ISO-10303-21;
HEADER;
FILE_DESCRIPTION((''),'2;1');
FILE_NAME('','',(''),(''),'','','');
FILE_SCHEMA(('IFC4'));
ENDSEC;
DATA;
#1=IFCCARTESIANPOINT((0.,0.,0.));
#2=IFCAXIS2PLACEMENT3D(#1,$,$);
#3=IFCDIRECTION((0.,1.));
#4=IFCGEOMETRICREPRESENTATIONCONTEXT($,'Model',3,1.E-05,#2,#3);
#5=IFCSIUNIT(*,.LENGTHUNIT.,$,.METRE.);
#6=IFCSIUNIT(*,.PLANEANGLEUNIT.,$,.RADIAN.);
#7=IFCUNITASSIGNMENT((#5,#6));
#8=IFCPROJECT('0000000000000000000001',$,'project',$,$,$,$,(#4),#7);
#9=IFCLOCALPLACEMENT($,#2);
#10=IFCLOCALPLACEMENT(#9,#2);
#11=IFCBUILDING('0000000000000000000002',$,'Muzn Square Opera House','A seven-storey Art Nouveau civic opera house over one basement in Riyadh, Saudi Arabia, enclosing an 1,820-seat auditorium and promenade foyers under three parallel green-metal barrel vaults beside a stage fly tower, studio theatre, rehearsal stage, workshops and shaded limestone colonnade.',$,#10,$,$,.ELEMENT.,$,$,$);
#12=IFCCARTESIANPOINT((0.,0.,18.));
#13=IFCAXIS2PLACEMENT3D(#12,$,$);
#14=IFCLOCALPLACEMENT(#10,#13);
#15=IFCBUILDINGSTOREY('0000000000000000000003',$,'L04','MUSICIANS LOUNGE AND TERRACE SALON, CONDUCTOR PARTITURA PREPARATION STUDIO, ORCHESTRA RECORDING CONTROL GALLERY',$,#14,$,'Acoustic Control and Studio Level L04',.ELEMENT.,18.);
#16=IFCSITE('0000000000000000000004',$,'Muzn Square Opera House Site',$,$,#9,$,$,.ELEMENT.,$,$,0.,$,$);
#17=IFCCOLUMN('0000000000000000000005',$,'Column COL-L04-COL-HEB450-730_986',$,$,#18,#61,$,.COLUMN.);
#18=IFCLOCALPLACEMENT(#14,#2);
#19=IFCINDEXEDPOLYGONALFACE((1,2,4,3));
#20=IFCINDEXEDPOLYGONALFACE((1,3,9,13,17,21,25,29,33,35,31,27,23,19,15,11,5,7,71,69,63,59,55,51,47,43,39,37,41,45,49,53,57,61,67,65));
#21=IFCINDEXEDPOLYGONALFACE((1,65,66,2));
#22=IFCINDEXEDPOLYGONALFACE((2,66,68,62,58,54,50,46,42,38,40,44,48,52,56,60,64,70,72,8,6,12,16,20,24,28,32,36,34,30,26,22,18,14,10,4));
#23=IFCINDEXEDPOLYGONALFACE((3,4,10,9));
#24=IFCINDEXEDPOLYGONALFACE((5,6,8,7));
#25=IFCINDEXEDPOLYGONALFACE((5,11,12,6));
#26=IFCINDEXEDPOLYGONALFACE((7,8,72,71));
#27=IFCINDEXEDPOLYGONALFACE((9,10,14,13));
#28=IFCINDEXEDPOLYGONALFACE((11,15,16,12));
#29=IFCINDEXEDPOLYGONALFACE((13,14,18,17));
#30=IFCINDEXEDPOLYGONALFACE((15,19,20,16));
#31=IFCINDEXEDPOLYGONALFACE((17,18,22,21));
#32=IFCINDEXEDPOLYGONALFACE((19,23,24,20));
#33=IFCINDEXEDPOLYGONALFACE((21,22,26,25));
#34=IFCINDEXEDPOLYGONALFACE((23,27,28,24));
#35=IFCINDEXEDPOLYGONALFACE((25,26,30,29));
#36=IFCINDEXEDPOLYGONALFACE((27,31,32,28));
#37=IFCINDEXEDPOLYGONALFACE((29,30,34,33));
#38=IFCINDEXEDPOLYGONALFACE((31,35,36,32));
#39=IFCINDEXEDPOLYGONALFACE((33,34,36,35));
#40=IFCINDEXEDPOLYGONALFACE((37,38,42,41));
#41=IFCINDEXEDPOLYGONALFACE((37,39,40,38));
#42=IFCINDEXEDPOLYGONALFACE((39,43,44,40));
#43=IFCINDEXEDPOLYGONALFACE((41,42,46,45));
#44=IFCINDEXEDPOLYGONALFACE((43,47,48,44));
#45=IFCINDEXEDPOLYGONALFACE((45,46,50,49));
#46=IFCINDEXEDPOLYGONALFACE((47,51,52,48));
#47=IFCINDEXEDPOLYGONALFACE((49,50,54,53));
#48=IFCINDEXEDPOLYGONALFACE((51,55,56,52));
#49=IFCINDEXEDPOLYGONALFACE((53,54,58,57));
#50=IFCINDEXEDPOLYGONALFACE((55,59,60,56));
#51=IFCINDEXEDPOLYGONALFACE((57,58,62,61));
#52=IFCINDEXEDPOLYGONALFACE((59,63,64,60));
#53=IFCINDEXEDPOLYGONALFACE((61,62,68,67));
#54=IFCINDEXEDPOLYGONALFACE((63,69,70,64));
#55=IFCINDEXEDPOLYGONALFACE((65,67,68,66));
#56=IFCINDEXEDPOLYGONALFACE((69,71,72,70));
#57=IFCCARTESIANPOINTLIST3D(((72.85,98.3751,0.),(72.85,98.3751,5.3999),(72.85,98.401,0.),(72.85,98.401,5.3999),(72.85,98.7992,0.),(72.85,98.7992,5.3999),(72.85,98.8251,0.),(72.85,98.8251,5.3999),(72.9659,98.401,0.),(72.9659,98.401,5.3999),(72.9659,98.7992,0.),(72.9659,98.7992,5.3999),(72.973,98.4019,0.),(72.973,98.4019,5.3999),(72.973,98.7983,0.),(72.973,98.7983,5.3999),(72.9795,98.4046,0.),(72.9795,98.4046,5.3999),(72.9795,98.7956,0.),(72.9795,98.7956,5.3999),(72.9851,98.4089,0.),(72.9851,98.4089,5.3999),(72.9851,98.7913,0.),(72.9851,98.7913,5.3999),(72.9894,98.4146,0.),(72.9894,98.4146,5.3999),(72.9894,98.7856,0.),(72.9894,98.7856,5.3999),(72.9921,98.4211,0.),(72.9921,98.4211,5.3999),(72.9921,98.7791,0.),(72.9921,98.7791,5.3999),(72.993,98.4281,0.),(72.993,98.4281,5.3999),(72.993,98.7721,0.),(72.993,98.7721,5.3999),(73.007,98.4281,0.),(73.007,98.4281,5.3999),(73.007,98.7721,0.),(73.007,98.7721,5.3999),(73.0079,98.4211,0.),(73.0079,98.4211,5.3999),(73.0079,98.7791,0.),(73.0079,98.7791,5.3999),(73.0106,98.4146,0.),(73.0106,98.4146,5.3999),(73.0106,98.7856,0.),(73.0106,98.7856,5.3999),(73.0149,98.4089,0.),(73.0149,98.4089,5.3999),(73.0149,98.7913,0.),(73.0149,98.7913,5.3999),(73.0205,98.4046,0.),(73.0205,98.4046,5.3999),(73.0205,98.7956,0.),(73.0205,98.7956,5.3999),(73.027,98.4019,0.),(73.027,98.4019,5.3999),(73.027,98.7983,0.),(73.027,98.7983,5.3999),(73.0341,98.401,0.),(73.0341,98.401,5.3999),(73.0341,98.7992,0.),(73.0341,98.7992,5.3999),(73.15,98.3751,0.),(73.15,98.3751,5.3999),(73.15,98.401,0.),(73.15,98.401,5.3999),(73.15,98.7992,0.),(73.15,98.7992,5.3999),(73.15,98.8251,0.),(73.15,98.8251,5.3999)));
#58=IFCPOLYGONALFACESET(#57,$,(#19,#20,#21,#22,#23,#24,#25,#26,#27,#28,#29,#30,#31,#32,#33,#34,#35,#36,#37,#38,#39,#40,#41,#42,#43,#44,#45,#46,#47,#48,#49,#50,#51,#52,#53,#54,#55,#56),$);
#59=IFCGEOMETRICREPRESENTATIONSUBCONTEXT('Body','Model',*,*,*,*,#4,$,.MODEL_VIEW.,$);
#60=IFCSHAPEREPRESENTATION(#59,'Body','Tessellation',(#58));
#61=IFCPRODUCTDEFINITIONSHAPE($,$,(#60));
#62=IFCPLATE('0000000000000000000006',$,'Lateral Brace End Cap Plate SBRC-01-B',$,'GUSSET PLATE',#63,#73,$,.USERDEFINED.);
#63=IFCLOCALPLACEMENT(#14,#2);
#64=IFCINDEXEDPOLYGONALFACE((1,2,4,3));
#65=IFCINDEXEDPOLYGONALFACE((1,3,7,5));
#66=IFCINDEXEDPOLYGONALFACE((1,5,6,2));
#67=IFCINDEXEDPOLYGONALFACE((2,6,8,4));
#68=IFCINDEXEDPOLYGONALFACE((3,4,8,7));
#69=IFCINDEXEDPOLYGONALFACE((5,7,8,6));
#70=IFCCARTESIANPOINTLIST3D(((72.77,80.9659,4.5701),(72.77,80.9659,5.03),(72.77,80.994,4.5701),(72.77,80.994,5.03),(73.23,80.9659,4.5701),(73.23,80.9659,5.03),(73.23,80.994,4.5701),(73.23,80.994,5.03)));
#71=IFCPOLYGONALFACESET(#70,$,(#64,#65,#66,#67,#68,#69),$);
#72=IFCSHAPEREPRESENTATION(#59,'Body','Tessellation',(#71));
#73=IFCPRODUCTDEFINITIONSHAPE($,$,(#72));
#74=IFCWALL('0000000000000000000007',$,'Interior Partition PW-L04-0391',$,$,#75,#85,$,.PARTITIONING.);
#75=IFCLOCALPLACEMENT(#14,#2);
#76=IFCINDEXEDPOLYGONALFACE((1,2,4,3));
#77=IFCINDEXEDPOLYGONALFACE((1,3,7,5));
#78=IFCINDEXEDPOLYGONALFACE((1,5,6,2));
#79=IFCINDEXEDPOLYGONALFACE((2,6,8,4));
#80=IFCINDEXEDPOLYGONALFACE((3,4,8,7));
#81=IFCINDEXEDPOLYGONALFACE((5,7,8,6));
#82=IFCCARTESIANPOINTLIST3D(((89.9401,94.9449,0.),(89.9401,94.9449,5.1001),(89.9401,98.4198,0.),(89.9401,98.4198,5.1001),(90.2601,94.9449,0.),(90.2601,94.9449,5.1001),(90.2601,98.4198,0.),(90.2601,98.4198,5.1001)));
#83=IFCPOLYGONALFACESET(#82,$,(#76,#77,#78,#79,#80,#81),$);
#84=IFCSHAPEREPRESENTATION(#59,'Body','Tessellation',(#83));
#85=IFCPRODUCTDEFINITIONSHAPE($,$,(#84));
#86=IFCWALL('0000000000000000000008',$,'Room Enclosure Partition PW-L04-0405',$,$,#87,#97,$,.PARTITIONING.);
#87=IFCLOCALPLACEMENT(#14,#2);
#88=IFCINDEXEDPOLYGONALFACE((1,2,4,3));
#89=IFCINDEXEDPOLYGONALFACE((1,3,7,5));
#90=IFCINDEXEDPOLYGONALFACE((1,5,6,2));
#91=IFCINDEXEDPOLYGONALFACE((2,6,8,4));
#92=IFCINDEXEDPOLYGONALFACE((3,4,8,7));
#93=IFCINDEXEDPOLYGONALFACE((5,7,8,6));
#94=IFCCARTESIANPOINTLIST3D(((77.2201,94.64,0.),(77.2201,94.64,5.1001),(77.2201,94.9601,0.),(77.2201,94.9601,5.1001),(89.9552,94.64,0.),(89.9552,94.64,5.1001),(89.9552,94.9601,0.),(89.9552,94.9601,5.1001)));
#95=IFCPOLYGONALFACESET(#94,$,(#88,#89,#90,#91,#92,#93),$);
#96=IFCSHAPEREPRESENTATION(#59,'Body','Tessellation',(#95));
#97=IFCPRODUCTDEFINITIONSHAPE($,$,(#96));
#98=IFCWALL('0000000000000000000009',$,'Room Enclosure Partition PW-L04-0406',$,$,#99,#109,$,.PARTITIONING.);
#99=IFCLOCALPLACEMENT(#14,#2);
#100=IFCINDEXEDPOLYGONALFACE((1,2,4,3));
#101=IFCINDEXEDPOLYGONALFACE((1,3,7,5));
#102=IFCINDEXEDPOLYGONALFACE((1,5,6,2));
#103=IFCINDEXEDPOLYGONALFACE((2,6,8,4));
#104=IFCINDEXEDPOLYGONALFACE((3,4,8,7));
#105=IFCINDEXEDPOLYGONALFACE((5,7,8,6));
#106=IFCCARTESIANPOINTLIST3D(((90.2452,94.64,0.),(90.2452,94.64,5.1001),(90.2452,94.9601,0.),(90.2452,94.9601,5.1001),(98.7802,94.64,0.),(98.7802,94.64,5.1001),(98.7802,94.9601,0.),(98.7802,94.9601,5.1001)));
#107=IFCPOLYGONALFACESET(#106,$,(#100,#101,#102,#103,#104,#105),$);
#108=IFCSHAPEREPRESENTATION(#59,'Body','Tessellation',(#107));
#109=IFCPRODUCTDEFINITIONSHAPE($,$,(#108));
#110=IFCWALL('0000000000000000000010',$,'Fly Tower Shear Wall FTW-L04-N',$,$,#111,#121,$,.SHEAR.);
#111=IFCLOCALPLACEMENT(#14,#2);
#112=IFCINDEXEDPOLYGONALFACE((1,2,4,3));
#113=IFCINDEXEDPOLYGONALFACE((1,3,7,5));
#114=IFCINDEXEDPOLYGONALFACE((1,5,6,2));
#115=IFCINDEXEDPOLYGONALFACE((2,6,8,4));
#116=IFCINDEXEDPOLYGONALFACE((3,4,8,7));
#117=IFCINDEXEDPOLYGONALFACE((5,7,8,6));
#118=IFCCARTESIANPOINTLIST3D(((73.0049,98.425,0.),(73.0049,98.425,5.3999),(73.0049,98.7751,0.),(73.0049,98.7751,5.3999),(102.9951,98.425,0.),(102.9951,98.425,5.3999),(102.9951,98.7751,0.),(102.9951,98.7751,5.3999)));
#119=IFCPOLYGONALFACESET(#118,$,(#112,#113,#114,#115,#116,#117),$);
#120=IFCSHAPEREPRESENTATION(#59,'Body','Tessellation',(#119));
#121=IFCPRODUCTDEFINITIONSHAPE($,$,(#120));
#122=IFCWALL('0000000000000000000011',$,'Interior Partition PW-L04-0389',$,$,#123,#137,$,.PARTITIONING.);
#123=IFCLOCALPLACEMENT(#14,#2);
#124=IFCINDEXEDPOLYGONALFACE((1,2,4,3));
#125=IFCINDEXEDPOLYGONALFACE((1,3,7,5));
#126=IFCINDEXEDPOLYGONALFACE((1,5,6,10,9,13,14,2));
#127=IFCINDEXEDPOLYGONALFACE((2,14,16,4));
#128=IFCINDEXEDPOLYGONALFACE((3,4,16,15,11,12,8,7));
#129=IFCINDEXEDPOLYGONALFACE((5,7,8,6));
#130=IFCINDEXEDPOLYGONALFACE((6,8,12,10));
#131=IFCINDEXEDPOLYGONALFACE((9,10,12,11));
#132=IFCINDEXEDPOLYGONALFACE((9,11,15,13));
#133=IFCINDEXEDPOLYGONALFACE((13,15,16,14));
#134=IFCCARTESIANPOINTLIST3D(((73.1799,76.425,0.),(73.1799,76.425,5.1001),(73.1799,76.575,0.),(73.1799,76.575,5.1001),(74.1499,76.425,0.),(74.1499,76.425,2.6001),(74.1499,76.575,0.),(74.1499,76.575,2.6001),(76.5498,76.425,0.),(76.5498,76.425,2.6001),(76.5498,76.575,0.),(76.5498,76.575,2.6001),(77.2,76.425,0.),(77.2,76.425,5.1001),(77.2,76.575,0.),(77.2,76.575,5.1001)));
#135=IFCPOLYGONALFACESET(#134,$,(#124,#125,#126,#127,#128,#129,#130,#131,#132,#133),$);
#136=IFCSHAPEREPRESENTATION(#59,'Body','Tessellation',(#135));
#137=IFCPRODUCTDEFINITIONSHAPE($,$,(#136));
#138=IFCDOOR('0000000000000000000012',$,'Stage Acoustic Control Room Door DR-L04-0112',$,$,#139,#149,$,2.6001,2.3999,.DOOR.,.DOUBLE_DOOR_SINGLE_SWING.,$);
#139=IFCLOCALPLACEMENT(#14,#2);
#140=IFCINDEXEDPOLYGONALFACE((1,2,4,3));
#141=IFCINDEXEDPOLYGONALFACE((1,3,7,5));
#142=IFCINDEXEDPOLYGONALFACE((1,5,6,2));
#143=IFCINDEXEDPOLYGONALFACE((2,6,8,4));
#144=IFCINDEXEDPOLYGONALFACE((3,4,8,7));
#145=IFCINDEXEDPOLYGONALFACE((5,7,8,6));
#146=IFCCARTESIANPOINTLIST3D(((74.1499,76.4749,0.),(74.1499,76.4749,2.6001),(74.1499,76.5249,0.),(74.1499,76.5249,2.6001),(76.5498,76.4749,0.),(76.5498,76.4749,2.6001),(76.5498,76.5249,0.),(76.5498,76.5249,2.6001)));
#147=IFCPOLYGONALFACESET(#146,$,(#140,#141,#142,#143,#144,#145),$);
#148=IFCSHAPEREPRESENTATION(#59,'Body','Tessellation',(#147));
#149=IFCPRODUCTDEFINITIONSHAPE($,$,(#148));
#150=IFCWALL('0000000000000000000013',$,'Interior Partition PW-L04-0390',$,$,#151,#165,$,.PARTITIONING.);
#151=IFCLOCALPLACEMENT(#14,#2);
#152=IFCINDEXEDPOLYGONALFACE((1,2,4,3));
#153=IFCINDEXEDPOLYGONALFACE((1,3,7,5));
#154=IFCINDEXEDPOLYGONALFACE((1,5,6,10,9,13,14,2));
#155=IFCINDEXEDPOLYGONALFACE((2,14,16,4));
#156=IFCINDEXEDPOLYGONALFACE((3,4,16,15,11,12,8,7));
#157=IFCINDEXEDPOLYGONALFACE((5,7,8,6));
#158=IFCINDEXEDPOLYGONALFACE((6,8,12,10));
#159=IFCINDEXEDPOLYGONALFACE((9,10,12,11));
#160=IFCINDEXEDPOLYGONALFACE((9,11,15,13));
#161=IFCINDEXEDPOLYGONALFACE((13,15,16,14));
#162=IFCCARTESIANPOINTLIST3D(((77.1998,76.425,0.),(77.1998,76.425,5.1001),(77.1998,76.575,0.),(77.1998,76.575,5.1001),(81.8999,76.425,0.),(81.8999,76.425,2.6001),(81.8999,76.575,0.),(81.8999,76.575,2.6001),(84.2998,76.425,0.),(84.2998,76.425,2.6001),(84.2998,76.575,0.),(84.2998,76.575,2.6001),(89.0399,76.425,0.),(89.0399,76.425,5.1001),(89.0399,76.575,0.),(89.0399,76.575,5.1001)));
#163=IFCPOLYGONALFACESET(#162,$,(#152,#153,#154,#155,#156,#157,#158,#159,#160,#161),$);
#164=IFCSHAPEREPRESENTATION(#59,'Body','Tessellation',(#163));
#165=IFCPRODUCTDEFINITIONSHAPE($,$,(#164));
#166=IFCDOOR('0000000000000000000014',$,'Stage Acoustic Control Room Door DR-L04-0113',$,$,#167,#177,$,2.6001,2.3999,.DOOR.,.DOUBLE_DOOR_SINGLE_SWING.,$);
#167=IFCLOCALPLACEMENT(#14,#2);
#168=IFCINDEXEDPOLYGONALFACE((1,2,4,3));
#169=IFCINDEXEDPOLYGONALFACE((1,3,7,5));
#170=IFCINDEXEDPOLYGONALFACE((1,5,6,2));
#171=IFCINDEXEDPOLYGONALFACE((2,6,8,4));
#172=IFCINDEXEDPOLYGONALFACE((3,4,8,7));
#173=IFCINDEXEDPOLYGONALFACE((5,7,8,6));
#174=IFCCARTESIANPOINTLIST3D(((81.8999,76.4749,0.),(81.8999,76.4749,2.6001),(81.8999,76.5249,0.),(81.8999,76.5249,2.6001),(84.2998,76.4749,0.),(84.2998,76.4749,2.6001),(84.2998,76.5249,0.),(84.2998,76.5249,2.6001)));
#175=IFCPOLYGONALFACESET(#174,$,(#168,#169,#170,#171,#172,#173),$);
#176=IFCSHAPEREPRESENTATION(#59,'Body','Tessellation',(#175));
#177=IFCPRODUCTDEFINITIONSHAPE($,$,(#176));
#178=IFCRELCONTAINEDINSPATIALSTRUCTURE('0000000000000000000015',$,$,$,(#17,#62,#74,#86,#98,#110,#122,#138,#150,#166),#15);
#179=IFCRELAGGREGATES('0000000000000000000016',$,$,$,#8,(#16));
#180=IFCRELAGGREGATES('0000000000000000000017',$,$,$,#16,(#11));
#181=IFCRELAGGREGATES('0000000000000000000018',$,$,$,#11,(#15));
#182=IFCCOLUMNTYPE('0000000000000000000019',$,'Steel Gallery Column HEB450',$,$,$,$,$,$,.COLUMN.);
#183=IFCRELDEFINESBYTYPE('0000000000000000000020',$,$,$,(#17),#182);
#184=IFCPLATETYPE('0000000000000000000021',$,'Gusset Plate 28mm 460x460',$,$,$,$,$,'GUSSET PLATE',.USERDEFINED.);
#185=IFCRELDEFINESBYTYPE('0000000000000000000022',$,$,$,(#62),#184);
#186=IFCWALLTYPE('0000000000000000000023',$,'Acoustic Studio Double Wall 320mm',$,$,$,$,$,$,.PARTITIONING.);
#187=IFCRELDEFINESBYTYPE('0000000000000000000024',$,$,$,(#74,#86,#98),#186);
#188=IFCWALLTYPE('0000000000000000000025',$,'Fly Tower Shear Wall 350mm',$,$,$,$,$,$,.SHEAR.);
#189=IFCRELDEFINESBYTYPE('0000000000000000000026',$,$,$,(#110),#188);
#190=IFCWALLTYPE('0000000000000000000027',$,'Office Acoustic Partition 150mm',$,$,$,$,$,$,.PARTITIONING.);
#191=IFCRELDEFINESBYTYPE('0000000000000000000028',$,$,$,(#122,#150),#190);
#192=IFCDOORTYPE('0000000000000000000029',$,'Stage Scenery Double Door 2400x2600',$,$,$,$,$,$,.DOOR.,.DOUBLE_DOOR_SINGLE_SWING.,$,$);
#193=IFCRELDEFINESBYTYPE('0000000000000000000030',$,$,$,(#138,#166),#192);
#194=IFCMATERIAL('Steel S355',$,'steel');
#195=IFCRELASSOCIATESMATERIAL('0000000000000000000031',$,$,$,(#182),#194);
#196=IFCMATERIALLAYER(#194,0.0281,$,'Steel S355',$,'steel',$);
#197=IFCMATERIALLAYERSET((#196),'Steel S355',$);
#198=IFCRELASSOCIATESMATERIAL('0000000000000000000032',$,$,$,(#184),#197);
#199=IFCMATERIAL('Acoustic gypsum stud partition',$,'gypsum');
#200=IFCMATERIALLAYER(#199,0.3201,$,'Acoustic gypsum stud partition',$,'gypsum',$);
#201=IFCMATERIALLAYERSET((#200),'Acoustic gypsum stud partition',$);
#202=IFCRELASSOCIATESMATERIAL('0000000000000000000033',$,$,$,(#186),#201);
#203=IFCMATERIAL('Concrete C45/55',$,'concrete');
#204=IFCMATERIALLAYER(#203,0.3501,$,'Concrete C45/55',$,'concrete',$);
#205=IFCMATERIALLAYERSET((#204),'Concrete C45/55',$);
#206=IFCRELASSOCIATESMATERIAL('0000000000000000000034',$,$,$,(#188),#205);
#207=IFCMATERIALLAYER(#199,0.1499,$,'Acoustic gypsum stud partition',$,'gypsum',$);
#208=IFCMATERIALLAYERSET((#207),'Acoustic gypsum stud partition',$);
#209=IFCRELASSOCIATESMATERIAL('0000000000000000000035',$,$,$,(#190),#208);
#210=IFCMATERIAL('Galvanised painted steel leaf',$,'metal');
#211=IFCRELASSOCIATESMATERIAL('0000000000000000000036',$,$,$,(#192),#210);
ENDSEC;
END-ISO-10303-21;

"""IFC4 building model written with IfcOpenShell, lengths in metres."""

from ifc_helpers import new_model, si_unit, direction, frame, frame_2d, origin, origin_2d, place, context, subcontext, project, spatial, rectangle, i_section, extrude, material, layer, layer_set, material_profile, profile_set, type_object, element, fill, save


model = new_model("IFC4")

# Units and contexts
model_context = context("Model", 3, precision=1e-05, world=origin(), true_north=direction((0.0, 1.0)))
body_context = subcontext(model_context, "Body", "Model", "MODEL_VIEW")
ifc_project = project(units=[si_unit("LENGTHUNIT", "METRE"), si_unit("PLANEANGLEUNIT", "RADIAN")], contexts=[model_context])

# Site, building, storey
site_placement = place(None, origin())
site = spatial("IfcSite", under=ifc_project, at=site_placement, Name="Muzn Square Opera House Site", CompositionType="ELEMENT", RefElevation=0.0)
building_placement = place(site_placement, origin())
building = spatial("IfcBuilding", under=site, at=building_placement, Name="Muzn Square Opera House", Description="A seven-storey Art Nouveau civic opera house over one basement in Riyadh, Saudi Arabia, enclosing an 1,820-seat auditorium and promenade foyers under three parallel green-metal barrel vaults beside a stage fly tower, studio theatre, rehearsal stage, workshops and shaded limestone colonnade.", CompositionType="ELEMENT")
storey_placement = place(building_placement, frame((0.0, 0.0, 18.0)))
storey = spatial("IfcBuildingStorey", under=building, at=storey_placement, Name="L04", Description="MUSICIANS LOUNGE AND TERRACE SALON, CONDUCTOR PARTITURA PREPARATION STUDIO, ORCHESTRA RECORDING CONTROL GALLERY", LongName="Acoustic Control and Studio Level L04", CompositionType="ELEMENT", Elevation=18.0)

# Column
ifc_material_1 = material(Name="Steel S355", Category="steel")
ifc_material_profile = material_profile(ifc_material_1, i_section(OverallWidth=0.3, OverallDepth=0.45, WebThickness=0.0139, FlangeThickness=0.0259, FilletRadius=0.0271, at=origin_2d()), Name="HEB 450", Category="steel")
ifc_profile_set = profile_set([ifc_material_profile], Name="Steel S355")
column_type = type_object("IfcColumnType", Name="Steel Gallery Column HEB450", PredefinedType="COLUMN", material=ifc_profile_set)
column_placement = place(storey_placement, frame((73.0, 98.6001, 0.0), z_axis=(0.0, 0.0, 1.0), x_axis=(1.0, 0.0, 0.0)))
element("IfcColumn", 1, at=column_placement, inside=storey, type_object=column_type, Name="Column COL-L04-COL-HEB450-730_986", PredefinedType="COLUMN", context=body_context, shape_type="SweptSolid", body=[
    extrude(i_section(OverallWidth=0.3, OverallDepth=0.45, WebThickness=0.0139, FlangeThickness=0.0259, FilletRadius=0.0271, at=origin_2d()), origin(), (0.0, 0.0, 1.0), 5.3999),
])

# Plate
ifc_layer_1 = layer(ifc_material_1, 0.0281, Name="Steel S355", Category="steel")
ifc_layer_set_1 = layer_set([ifc_layer_1], Name="Steel S355")
plate_type = type_object("IfcPlateType", Name="Gusset Plate 28mm 460x460", ElementType="GUSSET PLATE", PredefinedType="USERDEFINED", material=ifc_layer_set_1)
plate_placement = place(storey_placement, frame((73.0, 80.98, 4.5701), z_axis=(0.0, 0.0, 1.0), x_axis=(1.0, 0.0, 0.0)))
element("IfcPlate", 2, at=plate_placement, inside=storey, type_object=plate_type, Name="Lateral Brace End Cap Plate SBRC-01-B", ObjectType="GUSSET PLATE", PredefinedType="USERDEFINED", context=body_context, shape_type="SweptSolid", body=[
    extrude(rectangle(XDim=0.46, YDim=0.0281, at=origin_2d()), origin(), (0.0, 0.0, 1.0), 0.46),
])

# Wall
ifc_material_2 = material(Name="Acoustic gypsum stud partition", Category="gypsum")
ifc_layer_2 = layer(ifc_material_2, 0.3201, Name="Acoustic gypsum stud partition", Category="gypsum")
ifc_layer_set_2 = layer_set([ifc_layer_2], Name="Acoustic gypsum stud partition")
wall_type_1 = type_object("IfcWallType", Name="Acoustic Studio Double Wall 320mm", PredefinedType="PARTITIONING", material=ifc_layer_set_2)
wall_1_placement = place(storey_placement, frame((90.1001, 94.9451, 0.0), z_axis=(0.0, 0.0, 1.0), x_axis=(0.0, 1.0, 0.0)))
element("IfcWall", 3, at=wall_1_placement, inside=storey, type_object=wall_type_1, Name="Interior Partition PW-L04-0391", PredefinedType="PARTITIONING", context=body_context, shape_type="SweptSolid", body=[
    extrude(rectangle(XDim=3.4749, YDim=0.3201, at=frame_2d((1.7373, 0.0))), origin(), (0.0, 0.0, 1.0), 5.1001),
])

# Walls
wall_2_placement = place(storey_placement, frame((77.22, 94.8, 0.0), z_axis=(0.0, 0.0, 1.0), x_axis=(1.0, 0.0, 0.0)))
element("IfcWall", 4, at=wall_2_placement, inside=storey, type_object=wall_type_1, Name="Room Enclosure Partition PW-L04-0405", PredefinedType="PARTITIONING", context=body_context, shape_type="SweptSolid", body=[
    extrude(rectangle(XDim=12.7351, YDim=0.3201, at=frame_2d((6.3677, 0.0))), origin(), (0.0, 0.0, 1.0), 5.1001),
])
wall_3_placement = place(storey_placement, frame((90.2451, 94.8, 0.0), z_axis=(0.0, 0.0, 1.0), x_axis=(1.0, 0.0, 0.0)))
element("IfcWall", 5, at=wall_3_placement, inside=storey, type_object=wall_type_1, Name="Room Enclosure Partition PW-L04-0406", PredefinedType="PARTITIONING", context=body_context, shape_type="SweptSolid", body=[
    extrude(rectangle(XDim=8.5349, YDim=0.3201, at=frame_2d((4.2676, 0.0))), origin(), (0.0, 0.0, 1.0), 5.1001),
])
ifc_material_3 = material(Name="Concrete C45/55", Category="concrete")
ifc_layer_3 = layer(ifc_material_3, 0.3501, Name="Concrete C45/55", Category="concrete")
ifc_layer_set_3 = layer_set([ifc_layer_3], Name="Concrete C45/55")
wall_type_2 = type_object("IfcWallType", Name="Fly Tower Shear Wall 350mm", PredefinedType="SHEAR", material=ifc_layer_set_3)
wall_4_placement = place(storey_placement, frame((73.0049, 98.6001, 0.0), z_axis=(0.0, 0.0, 1.0), x_axis=(1.0, 0.0, 0.0)))
element("IfcWall", 6, at=wall_4_placement, inside=storey, type_object=wall_type_2, Name="Fly Tower Shear Wall FTW-L04-N", PredefinedType="SHEAR", context=body_context, shape_type="SweptSolid", body=[
    extrude(rectangle(XDim=29.9902, YDim=0.3501, at=frame_2d((14.9951, 0.0))), origin(), (0.0, 0.0, 1.0), 5.3999),
])

# Walls, openings, doors
ifc_layer_4 = layer(ifc_material_2, 0.1499, Name="Acoustic gypsum stud partition", Category="gypsum")
ifc_layer_set_4 = layer_set([ifc_layer_4], Name="Acoustic gypsum stud partition")
wall_type_3 = type_object("IfcWallType", Name="Office Acoustic Partition 150mm", PredefinedType="PARTITIONING", material=ifc_layer_set_4)
wall_5_placement = place(storey_placement, frame((73.1799, 76.5, 0.0), z_axis=(0.0, 0.0, 1.0), x_axis=(1.0, 0.0, 0.0)))
wall_5 = element("IfcWall", 7, at=wall_5_placement, inside=storey, type_object=wall_type_3, Name="Interior Partition PW-L04-0389", PredefinedType="PARTITIONING", context=body_context, shape_type="SweptSolid", body=[
    extrude(rectangle(XDim=4.02, YDim=0.1499, at=frame_2d((2.01, 0.0))), origin(), (0.0, 0.0, 1.0), 5.1001),
])
opening_1_placement = place(wall_5_placement, frame((0.97, 0.0, 0.0)))
opening_1 = element("IfcOpeningElement", 8, at=opening_1_placement, cuts=wall_5, PredefinedType="OPENING", context=body_context, shape_type="SweptSolid", body=[
    extrude(rectangle(XDim=2.3999, YDim=2.6001, at=frame_2d((1.2, 1.3))), frame((0.0, 0.085, 0.0), z_axis=(0.0, -1.0, 0.0), x_axis=(1.0, 0.0, 0.0)), (0.0, 0.0, 1.0), 0.1699),
])
ifc_material_4 = material(Name="Galvanised painted steel leaf", Category="metal")
door_type_1 = type_object("IfcDoorType", Name="Stage Scenery Double Door 2400x2600", OperationType="DOUBLE_DOOR_SINGLE_SWING", PredefinedType="DOOR", material=ifc_material_4)
door_1_placement = place(opening_1_placement, origin())
door_1 = element("IfcDoor", 9, at=door_1_placement, inside=storey, type_object=door_type_1, Name="Stage Acoustic Control Room Door DR-L04-0112", OperationType="DOUBLE_DOOR_SINGLE_SWING", OverallHeight=2.6001, OverallWidth=2.3999, PredefinedType="DOOR", context=body_context, shape_type="SweptSolid", body=[
    extrude(rectangle(XDim=2.3999, YDim=2.6001, at=frame_2d((1.2, 1.3))), frame((0.0, 0.0249, 0.0), z_axis=(0.0, -1.0, 0.0), x_axis=(1.0, 0.0, 0.0)), (0.0, 0.0, 1.0), 0.05),
])
fill(opening_1, door_1)
wall_6_placement = place(storey_placement, frame((77.2, 76.5, 0.0), z_axis=(0.0, 0.0, 1.0), x_axis=(1.0, 0.0, 0.0)))
wall_6 = element("IfcWall", 10, at=wall_6_placement, inside=storey, type_object=wall_type_3, Name="Interior Partition PW-L04-0390", PredefinedType="PARTITIONING", context=body_context, shape_type="SweptSolid", body=[
    extrude(rectangle(XDim=11.8401, YDim=0.1499, at=frame_2d((5.9199, 0.0))), origin(), (0.0, 0.0, 1.0), 5.1001),
])
opening_2_placement = place(wall_6_placement, frame((4.7, 0.0, 0.0)))
opening_2 = element("IfcOpeningElement", 11, at=opening_2_placement, cuts=wall_6, PredefinedType="OPENING", context=body_context, shape_type="SweptSolid", body=[
    extrude(rectangle(XDim=2.3999, YDim=2.6001, at=frame_2d((1.2, 1.3))), frame((0.0, 0.085, 0.0), z_axis=(0.0, -1.0, 0.0), x_axis=(1.0, 0.0, 0.0)), (0.0, 0.0, 1.0), 0.1699),
])
door_2_placement = place(opening_2_placement, origin())
door_2 = element("IfcDoor", 12, at=door_2_placement, inside=storey, type_object=door_type_1, Name="Stage Acoustic Control Room Door DR-L04-0113", OperationType="DOUBLE_DOOR_SINGLE_SWING", OverallHeight=2.6001, OverallWidth=2.3999, PredefinedType="DOOR", context=body_context, shape_type="SweptSolid", body=[
    extrude(rectangle(XDim=2.3999, YDim=2.6001, at=frame_2d((1.2, 1.3))), frame((0.0, 0.0249, 0.0), z_axis=(0.0, -1.0, 0.0), x_axis=(1.0, 0.0, 0.0)), (0.0, 0.0, 1.0), 0.05),
])
fill(opening_2, door_2)

save(model, "model.ifc")
